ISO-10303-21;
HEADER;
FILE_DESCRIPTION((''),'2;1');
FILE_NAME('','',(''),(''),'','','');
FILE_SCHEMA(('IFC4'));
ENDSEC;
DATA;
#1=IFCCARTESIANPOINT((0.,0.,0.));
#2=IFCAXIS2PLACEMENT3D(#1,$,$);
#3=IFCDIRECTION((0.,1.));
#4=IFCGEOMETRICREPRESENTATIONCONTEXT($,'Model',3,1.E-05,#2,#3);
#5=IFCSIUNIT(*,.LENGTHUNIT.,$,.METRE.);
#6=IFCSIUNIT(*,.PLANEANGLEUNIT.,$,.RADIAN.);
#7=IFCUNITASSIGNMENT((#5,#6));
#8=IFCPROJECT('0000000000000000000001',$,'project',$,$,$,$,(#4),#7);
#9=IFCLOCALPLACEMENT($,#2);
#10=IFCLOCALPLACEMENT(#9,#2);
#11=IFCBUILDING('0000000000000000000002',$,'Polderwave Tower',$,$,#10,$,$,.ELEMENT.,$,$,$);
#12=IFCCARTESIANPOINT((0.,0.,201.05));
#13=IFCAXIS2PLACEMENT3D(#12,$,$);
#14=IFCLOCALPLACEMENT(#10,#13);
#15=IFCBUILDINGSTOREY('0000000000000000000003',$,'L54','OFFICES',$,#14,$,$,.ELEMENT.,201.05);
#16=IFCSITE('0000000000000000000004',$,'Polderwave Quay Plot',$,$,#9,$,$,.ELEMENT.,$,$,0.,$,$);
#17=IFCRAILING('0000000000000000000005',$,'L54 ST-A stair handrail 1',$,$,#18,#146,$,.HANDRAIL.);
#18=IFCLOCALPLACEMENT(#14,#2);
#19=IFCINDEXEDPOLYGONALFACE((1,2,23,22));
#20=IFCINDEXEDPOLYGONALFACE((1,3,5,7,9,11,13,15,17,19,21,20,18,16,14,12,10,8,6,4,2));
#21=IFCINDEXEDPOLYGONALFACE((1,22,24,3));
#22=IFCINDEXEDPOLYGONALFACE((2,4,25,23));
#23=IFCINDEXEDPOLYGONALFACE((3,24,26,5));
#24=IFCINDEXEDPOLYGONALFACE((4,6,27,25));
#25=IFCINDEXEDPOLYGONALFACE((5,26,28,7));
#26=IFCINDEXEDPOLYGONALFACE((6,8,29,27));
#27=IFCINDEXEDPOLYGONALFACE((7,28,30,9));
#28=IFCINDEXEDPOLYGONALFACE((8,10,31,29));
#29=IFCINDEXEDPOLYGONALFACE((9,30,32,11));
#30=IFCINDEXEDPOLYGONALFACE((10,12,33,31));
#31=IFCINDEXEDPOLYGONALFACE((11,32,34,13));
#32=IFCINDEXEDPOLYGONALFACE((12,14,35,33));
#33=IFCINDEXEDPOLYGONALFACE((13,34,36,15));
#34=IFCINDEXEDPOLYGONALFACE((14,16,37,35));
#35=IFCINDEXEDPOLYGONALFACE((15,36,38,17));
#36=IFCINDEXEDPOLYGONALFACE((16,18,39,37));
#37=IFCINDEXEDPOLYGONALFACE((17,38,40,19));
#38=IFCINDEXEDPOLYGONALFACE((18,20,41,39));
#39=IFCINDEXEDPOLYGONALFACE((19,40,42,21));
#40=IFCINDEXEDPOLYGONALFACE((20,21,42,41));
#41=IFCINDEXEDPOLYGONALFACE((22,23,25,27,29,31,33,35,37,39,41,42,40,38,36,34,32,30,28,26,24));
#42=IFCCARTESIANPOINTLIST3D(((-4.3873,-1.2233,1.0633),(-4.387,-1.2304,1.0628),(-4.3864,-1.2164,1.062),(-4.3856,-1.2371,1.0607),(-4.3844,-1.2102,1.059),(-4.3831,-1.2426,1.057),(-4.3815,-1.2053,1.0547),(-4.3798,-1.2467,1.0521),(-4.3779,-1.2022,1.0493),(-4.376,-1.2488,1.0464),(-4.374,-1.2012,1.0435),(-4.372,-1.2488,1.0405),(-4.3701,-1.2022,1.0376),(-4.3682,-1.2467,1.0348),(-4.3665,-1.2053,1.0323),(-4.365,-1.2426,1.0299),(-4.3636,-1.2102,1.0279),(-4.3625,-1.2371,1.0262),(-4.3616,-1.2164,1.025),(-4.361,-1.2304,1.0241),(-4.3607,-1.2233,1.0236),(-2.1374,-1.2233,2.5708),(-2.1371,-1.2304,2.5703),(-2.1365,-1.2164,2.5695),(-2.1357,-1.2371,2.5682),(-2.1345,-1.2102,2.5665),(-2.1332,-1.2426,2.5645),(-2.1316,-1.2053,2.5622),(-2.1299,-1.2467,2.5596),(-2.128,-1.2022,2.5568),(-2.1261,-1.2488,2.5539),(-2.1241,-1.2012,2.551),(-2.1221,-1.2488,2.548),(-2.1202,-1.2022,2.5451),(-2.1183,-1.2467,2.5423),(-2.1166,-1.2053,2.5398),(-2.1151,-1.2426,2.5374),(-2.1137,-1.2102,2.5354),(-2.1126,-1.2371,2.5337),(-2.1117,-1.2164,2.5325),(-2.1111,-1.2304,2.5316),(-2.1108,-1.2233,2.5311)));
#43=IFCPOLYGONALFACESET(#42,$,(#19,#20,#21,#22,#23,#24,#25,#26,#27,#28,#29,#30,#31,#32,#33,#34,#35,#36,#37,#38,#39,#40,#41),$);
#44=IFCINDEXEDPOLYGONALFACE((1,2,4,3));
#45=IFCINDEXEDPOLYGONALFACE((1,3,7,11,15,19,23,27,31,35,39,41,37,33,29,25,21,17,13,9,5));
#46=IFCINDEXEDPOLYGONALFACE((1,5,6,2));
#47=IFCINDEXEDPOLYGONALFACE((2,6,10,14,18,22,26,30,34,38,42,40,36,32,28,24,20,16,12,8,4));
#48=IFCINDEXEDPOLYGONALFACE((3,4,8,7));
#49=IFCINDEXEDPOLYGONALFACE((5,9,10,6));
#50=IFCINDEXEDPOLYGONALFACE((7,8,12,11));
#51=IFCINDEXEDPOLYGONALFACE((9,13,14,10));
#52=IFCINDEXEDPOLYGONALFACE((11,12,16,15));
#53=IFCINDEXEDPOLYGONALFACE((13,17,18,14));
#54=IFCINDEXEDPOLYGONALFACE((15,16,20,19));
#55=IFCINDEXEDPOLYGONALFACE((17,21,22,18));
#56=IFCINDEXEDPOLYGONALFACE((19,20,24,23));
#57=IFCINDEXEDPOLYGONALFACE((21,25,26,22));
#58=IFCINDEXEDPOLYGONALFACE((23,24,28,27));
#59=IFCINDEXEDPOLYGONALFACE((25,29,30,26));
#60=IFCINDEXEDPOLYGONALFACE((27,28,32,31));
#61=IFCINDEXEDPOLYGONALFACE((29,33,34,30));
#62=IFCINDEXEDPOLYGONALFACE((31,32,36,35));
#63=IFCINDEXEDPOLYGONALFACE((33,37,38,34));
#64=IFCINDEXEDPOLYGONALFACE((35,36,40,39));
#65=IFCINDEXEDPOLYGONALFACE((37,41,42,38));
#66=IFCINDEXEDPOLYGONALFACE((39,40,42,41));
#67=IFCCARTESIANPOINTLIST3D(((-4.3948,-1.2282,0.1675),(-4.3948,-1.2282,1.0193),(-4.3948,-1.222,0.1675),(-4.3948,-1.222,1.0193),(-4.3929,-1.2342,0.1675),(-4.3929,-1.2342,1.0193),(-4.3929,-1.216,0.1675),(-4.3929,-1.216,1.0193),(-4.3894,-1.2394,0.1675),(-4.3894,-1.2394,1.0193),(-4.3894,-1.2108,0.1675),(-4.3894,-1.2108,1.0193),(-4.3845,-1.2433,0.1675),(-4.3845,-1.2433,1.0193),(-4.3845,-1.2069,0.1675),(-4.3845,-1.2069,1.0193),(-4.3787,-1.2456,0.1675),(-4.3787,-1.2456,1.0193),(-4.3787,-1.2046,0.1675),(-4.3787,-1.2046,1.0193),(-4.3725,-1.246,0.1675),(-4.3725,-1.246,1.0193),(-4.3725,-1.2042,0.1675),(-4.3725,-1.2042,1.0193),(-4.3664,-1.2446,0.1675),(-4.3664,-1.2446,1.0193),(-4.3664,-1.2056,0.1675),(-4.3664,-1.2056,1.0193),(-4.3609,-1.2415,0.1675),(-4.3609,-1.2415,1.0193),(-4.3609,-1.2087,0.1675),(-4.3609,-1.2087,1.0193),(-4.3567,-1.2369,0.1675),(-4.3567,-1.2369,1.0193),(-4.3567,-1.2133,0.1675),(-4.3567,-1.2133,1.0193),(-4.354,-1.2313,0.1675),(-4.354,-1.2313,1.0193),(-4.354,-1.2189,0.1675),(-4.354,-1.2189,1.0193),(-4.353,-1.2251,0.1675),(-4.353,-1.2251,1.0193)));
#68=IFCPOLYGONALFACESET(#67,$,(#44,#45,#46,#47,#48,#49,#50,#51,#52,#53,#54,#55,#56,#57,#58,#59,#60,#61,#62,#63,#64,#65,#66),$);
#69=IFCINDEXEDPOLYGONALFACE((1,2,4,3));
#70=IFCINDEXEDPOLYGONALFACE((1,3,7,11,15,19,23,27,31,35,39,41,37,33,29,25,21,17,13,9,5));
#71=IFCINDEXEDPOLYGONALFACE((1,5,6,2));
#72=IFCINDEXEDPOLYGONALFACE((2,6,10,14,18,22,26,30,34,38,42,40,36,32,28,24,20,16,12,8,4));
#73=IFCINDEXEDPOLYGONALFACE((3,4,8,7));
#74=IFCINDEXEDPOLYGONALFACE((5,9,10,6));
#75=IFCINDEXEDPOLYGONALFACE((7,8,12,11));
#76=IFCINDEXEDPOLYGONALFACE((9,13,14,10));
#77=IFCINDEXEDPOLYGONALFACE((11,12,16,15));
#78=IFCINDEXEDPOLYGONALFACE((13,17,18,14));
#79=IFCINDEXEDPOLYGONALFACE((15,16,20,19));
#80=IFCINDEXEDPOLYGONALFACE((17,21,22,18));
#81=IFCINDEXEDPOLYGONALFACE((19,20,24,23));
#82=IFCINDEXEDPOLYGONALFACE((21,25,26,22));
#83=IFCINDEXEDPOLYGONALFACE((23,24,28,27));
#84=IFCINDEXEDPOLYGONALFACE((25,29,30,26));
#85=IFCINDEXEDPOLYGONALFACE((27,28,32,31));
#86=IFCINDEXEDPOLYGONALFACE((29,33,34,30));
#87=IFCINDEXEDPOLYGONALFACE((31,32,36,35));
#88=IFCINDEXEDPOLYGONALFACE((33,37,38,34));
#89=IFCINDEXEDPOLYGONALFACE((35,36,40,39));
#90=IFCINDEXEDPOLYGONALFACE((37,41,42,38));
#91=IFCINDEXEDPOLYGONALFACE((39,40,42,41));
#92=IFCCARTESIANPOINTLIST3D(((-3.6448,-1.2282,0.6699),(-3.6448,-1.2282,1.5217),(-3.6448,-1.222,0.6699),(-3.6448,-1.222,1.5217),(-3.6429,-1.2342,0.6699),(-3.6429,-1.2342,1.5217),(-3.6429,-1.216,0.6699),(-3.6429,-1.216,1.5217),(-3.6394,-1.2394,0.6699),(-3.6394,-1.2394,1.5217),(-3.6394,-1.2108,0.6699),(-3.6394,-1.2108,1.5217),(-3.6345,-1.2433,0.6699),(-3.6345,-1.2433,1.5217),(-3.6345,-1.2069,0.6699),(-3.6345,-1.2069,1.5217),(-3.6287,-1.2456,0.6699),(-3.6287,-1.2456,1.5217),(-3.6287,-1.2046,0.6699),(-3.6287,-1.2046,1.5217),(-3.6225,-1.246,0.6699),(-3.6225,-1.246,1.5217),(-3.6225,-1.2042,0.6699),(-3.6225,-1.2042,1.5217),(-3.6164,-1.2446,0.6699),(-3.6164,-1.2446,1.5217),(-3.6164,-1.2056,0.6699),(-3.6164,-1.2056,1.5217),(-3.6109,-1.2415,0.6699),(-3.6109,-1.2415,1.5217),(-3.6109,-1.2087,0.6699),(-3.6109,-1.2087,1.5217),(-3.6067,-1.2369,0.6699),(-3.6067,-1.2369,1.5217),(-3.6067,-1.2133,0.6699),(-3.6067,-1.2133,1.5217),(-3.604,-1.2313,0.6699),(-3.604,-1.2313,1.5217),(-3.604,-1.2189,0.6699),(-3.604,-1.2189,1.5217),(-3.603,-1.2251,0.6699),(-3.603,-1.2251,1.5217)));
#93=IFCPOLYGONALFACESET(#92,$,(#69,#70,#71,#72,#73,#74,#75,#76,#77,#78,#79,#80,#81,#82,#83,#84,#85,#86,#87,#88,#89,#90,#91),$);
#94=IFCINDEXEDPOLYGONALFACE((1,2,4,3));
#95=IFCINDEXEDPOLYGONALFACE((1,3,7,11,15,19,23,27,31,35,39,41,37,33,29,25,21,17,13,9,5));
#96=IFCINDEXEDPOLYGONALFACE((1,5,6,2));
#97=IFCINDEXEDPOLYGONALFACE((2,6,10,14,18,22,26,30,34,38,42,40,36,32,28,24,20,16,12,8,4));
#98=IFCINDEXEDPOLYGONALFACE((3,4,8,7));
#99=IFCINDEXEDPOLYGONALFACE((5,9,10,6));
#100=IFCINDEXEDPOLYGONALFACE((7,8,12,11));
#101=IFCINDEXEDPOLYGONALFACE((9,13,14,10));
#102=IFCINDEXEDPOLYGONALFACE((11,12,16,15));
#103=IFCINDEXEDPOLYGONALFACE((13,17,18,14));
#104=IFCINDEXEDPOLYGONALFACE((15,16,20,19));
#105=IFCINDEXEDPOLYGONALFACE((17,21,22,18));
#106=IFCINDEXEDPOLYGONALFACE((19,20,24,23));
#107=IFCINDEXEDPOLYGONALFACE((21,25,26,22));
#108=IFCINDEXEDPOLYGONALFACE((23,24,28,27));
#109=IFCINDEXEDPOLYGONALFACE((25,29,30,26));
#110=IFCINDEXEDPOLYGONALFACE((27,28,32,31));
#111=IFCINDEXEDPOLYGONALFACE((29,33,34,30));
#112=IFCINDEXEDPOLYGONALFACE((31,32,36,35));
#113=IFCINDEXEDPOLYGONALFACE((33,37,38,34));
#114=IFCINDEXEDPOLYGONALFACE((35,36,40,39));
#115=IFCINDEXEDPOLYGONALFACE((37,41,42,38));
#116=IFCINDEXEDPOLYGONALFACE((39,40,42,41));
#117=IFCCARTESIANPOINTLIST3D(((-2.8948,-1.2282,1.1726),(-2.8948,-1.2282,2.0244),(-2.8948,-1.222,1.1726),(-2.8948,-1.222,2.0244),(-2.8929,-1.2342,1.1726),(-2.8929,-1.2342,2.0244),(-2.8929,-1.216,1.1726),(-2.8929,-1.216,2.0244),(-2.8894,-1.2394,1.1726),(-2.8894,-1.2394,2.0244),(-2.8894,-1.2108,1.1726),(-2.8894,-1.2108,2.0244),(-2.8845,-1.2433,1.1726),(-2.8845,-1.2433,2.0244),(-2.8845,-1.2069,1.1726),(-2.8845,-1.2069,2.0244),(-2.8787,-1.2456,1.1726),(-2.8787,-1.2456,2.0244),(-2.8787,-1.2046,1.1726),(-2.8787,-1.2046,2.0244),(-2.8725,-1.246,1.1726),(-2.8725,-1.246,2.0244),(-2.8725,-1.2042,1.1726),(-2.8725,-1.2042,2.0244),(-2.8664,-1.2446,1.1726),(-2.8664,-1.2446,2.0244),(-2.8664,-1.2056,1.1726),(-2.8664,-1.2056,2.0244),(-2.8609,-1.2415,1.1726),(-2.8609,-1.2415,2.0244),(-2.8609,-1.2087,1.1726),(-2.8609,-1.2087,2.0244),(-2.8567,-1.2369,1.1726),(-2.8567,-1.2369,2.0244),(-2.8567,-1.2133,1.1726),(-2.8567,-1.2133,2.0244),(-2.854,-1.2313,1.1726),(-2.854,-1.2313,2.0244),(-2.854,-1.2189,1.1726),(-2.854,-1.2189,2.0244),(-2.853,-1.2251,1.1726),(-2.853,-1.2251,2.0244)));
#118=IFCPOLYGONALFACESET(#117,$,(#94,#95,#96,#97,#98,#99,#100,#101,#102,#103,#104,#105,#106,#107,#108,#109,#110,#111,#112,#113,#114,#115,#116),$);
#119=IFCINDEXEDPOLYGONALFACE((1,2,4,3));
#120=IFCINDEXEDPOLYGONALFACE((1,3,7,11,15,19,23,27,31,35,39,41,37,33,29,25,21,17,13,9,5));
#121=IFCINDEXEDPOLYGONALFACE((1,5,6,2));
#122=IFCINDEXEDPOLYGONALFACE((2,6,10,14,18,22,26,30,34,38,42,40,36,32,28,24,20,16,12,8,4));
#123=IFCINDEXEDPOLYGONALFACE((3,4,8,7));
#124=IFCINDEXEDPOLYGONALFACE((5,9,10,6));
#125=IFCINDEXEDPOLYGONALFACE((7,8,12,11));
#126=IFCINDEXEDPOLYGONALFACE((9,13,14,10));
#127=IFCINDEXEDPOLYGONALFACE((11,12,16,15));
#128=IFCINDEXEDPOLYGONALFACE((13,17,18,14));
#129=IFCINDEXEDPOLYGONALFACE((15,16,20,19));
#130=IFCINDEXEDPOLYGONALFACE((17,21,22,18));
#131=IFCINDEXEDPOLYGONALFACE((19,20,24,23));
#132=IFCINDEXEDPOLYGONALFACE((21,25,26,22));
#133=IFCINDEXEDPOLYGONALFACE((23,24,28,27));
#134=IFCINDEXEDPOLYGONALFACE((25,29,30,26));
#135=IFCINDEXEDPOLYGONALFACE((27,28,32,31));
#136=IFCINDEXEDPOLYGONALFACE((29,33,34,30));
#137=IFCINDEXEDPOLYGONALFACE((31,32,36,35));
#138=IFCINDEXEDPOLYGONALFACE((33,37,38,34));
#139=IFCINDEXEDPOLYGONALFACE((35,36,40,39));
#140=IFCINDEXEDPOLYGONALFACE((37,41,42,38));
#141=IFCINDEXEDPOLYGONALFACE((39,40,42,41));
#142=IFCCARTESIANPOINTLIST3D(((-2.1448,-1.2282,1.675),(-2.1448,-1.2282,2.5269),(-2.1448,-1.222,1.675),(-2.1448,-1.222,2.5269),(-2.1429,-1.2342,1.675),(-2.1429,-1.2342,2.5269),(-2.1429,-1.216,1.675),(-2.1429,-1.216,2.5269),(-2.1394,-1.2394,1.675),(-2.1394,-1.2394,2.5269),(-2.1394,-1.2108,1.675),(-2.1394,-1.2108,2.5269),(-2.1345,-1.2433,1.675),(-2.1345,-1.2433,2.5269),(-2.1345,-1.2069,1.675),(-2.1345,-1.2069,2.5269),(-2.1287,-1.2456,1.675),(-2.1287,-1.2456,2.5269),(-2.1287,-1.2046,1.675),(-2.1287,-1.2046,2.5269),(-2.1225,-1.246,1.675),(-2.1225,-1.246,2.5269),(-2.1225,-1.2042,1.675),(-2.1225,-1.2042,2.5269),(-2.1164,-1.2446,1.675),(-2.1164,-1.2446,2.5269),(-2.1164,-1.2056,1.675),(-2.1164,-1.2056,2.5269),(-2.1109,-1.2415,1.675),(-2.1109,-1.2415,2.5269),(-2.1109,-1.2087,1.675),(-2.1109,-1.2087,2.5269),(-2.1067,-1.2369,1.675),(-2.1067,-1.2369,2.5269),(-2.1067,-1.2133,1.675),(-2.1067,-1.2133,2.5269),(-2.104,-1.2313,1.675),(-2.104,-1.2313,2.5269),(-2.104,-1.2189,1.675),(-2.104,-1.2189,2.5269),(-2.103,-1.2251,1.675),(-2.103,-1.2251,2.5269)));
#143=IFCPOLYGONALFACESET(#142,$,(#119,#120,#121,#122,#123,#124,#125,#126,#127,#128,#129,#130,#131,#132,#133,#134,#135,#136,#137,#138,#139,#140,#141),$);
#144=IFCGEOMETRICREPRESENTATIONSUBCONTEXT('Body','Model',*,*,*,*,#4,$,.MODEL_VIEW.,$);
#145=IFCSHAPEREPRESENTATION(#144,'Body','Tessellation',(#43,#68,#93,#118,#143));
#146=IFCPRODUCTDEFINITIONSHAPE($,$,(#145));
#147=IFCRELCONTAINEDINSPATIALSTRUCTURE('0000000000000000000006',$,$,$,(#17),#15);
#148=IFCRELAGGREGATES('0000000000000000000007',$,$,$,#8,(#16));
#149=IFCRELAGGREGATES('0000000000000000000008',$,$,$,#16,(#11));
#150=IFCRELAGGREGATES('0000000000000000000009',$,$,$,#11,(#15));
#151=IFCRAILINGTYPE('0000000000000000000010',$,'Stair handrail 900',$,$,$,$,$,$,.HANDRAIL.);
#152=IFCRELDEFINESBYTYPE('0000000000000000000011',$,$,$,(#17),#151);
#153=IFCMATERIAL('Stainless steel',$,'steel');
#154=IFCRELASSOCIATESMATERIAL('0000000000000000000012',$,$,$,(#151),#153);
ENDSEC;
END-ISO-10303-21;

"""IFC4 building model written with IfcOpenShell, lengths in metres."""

from ifc_helpers import new_model, si_unit, direction, frame, origin, origin_2d, place, context, subcontext, project, spatial, circle, extrude, material, type_object, element, save


model = new_model("IFC4")

# Units and contexts
model_context = context("Model", 3, precision=1e-05, world=origin(), true_north=direction((0.0, 1.0)))
body_context = subcontext(model_context, "Body", "Model", "MODEL_VIEW")
ifc_project = project(units=[si_unit("LENGTHUNIT", "METRE"), si_unit("PLANEANGLEUNIT", "RADIAN")], contexts=[model_context])

# Site, building, storey
site_placement = place(None, origin())
site = spatial("IfcSite", under=ifc_project, at=site_placement, Name="Polderwave Quay Plot", CompositionType="ELEMENT", RefElevation=0.0)
building_placement = place(site_placement, origin())
building = spatial("IfcBuilding", under=site, at=building_placement, Name="Polderwave Tower", CompositionType="ELEMENT")
storey_placement = place(building_placement, frame((0.0, 0.0, 201.05)))
storey = spatial("IfcBuildingStorey", under=building, at=storey_placement, Name="L54", Description="OFFICES", CompositionType="ELEMENT", Elevation=201.05)

# Shared definitions
ifc_material_1 = material(Name="Stainless steel", Category="steel")

# Railing
railing_type_1 = type_object("IfcRailingType", Name="Stair handrail 900", PredefinedType="HANDRAIL", material=ifc_material_1)
railing_1_placement = place(storey_placement, frame((-4.374, -1.2251, 0.1675)))
element("IfcRailing", 1, at=railing_1_placement, inside=storey, type_object=railing_type_1, Name="L54 ST-A stair handrail 1", PredefinedType="HANDRAIL", context=body_context, shape_type="SweptSolid", body=[
    extrude(circle(Radius=0.0239, at=origin_2d()), frame((0.0, 0.0, 0.876), z_axis=(0.830758, 0.0, 0.556633), x_axis=(0.0, 1.0, 0.0)), (0.0, 0.0, 1.0), 2.7083),
    extrude(circle(Radius=0.021, at=origin_2d()), origin(), (0.0, 0.0, 1.0), 0.8518),
    extrude(circle(Radius=0.021, at=origin_2d()), frame((0.75, 0.0, 0.5024)), (0.0, 0.0, 1.0), 0.8518),
    extrude(circle(Radius=0.021, at=origin_2d()), frame((1.5, 0.0, 1.0051)), (0.0, 0.0, 1.0), 0.8518),
    extrude(circle(Radius=0.021, at=origin_2d()), frame((2.25, 0.0, 1.5076)), (0.0, 0.0, 1.0), 0.8518),
])

save(model, "model.ifc")
